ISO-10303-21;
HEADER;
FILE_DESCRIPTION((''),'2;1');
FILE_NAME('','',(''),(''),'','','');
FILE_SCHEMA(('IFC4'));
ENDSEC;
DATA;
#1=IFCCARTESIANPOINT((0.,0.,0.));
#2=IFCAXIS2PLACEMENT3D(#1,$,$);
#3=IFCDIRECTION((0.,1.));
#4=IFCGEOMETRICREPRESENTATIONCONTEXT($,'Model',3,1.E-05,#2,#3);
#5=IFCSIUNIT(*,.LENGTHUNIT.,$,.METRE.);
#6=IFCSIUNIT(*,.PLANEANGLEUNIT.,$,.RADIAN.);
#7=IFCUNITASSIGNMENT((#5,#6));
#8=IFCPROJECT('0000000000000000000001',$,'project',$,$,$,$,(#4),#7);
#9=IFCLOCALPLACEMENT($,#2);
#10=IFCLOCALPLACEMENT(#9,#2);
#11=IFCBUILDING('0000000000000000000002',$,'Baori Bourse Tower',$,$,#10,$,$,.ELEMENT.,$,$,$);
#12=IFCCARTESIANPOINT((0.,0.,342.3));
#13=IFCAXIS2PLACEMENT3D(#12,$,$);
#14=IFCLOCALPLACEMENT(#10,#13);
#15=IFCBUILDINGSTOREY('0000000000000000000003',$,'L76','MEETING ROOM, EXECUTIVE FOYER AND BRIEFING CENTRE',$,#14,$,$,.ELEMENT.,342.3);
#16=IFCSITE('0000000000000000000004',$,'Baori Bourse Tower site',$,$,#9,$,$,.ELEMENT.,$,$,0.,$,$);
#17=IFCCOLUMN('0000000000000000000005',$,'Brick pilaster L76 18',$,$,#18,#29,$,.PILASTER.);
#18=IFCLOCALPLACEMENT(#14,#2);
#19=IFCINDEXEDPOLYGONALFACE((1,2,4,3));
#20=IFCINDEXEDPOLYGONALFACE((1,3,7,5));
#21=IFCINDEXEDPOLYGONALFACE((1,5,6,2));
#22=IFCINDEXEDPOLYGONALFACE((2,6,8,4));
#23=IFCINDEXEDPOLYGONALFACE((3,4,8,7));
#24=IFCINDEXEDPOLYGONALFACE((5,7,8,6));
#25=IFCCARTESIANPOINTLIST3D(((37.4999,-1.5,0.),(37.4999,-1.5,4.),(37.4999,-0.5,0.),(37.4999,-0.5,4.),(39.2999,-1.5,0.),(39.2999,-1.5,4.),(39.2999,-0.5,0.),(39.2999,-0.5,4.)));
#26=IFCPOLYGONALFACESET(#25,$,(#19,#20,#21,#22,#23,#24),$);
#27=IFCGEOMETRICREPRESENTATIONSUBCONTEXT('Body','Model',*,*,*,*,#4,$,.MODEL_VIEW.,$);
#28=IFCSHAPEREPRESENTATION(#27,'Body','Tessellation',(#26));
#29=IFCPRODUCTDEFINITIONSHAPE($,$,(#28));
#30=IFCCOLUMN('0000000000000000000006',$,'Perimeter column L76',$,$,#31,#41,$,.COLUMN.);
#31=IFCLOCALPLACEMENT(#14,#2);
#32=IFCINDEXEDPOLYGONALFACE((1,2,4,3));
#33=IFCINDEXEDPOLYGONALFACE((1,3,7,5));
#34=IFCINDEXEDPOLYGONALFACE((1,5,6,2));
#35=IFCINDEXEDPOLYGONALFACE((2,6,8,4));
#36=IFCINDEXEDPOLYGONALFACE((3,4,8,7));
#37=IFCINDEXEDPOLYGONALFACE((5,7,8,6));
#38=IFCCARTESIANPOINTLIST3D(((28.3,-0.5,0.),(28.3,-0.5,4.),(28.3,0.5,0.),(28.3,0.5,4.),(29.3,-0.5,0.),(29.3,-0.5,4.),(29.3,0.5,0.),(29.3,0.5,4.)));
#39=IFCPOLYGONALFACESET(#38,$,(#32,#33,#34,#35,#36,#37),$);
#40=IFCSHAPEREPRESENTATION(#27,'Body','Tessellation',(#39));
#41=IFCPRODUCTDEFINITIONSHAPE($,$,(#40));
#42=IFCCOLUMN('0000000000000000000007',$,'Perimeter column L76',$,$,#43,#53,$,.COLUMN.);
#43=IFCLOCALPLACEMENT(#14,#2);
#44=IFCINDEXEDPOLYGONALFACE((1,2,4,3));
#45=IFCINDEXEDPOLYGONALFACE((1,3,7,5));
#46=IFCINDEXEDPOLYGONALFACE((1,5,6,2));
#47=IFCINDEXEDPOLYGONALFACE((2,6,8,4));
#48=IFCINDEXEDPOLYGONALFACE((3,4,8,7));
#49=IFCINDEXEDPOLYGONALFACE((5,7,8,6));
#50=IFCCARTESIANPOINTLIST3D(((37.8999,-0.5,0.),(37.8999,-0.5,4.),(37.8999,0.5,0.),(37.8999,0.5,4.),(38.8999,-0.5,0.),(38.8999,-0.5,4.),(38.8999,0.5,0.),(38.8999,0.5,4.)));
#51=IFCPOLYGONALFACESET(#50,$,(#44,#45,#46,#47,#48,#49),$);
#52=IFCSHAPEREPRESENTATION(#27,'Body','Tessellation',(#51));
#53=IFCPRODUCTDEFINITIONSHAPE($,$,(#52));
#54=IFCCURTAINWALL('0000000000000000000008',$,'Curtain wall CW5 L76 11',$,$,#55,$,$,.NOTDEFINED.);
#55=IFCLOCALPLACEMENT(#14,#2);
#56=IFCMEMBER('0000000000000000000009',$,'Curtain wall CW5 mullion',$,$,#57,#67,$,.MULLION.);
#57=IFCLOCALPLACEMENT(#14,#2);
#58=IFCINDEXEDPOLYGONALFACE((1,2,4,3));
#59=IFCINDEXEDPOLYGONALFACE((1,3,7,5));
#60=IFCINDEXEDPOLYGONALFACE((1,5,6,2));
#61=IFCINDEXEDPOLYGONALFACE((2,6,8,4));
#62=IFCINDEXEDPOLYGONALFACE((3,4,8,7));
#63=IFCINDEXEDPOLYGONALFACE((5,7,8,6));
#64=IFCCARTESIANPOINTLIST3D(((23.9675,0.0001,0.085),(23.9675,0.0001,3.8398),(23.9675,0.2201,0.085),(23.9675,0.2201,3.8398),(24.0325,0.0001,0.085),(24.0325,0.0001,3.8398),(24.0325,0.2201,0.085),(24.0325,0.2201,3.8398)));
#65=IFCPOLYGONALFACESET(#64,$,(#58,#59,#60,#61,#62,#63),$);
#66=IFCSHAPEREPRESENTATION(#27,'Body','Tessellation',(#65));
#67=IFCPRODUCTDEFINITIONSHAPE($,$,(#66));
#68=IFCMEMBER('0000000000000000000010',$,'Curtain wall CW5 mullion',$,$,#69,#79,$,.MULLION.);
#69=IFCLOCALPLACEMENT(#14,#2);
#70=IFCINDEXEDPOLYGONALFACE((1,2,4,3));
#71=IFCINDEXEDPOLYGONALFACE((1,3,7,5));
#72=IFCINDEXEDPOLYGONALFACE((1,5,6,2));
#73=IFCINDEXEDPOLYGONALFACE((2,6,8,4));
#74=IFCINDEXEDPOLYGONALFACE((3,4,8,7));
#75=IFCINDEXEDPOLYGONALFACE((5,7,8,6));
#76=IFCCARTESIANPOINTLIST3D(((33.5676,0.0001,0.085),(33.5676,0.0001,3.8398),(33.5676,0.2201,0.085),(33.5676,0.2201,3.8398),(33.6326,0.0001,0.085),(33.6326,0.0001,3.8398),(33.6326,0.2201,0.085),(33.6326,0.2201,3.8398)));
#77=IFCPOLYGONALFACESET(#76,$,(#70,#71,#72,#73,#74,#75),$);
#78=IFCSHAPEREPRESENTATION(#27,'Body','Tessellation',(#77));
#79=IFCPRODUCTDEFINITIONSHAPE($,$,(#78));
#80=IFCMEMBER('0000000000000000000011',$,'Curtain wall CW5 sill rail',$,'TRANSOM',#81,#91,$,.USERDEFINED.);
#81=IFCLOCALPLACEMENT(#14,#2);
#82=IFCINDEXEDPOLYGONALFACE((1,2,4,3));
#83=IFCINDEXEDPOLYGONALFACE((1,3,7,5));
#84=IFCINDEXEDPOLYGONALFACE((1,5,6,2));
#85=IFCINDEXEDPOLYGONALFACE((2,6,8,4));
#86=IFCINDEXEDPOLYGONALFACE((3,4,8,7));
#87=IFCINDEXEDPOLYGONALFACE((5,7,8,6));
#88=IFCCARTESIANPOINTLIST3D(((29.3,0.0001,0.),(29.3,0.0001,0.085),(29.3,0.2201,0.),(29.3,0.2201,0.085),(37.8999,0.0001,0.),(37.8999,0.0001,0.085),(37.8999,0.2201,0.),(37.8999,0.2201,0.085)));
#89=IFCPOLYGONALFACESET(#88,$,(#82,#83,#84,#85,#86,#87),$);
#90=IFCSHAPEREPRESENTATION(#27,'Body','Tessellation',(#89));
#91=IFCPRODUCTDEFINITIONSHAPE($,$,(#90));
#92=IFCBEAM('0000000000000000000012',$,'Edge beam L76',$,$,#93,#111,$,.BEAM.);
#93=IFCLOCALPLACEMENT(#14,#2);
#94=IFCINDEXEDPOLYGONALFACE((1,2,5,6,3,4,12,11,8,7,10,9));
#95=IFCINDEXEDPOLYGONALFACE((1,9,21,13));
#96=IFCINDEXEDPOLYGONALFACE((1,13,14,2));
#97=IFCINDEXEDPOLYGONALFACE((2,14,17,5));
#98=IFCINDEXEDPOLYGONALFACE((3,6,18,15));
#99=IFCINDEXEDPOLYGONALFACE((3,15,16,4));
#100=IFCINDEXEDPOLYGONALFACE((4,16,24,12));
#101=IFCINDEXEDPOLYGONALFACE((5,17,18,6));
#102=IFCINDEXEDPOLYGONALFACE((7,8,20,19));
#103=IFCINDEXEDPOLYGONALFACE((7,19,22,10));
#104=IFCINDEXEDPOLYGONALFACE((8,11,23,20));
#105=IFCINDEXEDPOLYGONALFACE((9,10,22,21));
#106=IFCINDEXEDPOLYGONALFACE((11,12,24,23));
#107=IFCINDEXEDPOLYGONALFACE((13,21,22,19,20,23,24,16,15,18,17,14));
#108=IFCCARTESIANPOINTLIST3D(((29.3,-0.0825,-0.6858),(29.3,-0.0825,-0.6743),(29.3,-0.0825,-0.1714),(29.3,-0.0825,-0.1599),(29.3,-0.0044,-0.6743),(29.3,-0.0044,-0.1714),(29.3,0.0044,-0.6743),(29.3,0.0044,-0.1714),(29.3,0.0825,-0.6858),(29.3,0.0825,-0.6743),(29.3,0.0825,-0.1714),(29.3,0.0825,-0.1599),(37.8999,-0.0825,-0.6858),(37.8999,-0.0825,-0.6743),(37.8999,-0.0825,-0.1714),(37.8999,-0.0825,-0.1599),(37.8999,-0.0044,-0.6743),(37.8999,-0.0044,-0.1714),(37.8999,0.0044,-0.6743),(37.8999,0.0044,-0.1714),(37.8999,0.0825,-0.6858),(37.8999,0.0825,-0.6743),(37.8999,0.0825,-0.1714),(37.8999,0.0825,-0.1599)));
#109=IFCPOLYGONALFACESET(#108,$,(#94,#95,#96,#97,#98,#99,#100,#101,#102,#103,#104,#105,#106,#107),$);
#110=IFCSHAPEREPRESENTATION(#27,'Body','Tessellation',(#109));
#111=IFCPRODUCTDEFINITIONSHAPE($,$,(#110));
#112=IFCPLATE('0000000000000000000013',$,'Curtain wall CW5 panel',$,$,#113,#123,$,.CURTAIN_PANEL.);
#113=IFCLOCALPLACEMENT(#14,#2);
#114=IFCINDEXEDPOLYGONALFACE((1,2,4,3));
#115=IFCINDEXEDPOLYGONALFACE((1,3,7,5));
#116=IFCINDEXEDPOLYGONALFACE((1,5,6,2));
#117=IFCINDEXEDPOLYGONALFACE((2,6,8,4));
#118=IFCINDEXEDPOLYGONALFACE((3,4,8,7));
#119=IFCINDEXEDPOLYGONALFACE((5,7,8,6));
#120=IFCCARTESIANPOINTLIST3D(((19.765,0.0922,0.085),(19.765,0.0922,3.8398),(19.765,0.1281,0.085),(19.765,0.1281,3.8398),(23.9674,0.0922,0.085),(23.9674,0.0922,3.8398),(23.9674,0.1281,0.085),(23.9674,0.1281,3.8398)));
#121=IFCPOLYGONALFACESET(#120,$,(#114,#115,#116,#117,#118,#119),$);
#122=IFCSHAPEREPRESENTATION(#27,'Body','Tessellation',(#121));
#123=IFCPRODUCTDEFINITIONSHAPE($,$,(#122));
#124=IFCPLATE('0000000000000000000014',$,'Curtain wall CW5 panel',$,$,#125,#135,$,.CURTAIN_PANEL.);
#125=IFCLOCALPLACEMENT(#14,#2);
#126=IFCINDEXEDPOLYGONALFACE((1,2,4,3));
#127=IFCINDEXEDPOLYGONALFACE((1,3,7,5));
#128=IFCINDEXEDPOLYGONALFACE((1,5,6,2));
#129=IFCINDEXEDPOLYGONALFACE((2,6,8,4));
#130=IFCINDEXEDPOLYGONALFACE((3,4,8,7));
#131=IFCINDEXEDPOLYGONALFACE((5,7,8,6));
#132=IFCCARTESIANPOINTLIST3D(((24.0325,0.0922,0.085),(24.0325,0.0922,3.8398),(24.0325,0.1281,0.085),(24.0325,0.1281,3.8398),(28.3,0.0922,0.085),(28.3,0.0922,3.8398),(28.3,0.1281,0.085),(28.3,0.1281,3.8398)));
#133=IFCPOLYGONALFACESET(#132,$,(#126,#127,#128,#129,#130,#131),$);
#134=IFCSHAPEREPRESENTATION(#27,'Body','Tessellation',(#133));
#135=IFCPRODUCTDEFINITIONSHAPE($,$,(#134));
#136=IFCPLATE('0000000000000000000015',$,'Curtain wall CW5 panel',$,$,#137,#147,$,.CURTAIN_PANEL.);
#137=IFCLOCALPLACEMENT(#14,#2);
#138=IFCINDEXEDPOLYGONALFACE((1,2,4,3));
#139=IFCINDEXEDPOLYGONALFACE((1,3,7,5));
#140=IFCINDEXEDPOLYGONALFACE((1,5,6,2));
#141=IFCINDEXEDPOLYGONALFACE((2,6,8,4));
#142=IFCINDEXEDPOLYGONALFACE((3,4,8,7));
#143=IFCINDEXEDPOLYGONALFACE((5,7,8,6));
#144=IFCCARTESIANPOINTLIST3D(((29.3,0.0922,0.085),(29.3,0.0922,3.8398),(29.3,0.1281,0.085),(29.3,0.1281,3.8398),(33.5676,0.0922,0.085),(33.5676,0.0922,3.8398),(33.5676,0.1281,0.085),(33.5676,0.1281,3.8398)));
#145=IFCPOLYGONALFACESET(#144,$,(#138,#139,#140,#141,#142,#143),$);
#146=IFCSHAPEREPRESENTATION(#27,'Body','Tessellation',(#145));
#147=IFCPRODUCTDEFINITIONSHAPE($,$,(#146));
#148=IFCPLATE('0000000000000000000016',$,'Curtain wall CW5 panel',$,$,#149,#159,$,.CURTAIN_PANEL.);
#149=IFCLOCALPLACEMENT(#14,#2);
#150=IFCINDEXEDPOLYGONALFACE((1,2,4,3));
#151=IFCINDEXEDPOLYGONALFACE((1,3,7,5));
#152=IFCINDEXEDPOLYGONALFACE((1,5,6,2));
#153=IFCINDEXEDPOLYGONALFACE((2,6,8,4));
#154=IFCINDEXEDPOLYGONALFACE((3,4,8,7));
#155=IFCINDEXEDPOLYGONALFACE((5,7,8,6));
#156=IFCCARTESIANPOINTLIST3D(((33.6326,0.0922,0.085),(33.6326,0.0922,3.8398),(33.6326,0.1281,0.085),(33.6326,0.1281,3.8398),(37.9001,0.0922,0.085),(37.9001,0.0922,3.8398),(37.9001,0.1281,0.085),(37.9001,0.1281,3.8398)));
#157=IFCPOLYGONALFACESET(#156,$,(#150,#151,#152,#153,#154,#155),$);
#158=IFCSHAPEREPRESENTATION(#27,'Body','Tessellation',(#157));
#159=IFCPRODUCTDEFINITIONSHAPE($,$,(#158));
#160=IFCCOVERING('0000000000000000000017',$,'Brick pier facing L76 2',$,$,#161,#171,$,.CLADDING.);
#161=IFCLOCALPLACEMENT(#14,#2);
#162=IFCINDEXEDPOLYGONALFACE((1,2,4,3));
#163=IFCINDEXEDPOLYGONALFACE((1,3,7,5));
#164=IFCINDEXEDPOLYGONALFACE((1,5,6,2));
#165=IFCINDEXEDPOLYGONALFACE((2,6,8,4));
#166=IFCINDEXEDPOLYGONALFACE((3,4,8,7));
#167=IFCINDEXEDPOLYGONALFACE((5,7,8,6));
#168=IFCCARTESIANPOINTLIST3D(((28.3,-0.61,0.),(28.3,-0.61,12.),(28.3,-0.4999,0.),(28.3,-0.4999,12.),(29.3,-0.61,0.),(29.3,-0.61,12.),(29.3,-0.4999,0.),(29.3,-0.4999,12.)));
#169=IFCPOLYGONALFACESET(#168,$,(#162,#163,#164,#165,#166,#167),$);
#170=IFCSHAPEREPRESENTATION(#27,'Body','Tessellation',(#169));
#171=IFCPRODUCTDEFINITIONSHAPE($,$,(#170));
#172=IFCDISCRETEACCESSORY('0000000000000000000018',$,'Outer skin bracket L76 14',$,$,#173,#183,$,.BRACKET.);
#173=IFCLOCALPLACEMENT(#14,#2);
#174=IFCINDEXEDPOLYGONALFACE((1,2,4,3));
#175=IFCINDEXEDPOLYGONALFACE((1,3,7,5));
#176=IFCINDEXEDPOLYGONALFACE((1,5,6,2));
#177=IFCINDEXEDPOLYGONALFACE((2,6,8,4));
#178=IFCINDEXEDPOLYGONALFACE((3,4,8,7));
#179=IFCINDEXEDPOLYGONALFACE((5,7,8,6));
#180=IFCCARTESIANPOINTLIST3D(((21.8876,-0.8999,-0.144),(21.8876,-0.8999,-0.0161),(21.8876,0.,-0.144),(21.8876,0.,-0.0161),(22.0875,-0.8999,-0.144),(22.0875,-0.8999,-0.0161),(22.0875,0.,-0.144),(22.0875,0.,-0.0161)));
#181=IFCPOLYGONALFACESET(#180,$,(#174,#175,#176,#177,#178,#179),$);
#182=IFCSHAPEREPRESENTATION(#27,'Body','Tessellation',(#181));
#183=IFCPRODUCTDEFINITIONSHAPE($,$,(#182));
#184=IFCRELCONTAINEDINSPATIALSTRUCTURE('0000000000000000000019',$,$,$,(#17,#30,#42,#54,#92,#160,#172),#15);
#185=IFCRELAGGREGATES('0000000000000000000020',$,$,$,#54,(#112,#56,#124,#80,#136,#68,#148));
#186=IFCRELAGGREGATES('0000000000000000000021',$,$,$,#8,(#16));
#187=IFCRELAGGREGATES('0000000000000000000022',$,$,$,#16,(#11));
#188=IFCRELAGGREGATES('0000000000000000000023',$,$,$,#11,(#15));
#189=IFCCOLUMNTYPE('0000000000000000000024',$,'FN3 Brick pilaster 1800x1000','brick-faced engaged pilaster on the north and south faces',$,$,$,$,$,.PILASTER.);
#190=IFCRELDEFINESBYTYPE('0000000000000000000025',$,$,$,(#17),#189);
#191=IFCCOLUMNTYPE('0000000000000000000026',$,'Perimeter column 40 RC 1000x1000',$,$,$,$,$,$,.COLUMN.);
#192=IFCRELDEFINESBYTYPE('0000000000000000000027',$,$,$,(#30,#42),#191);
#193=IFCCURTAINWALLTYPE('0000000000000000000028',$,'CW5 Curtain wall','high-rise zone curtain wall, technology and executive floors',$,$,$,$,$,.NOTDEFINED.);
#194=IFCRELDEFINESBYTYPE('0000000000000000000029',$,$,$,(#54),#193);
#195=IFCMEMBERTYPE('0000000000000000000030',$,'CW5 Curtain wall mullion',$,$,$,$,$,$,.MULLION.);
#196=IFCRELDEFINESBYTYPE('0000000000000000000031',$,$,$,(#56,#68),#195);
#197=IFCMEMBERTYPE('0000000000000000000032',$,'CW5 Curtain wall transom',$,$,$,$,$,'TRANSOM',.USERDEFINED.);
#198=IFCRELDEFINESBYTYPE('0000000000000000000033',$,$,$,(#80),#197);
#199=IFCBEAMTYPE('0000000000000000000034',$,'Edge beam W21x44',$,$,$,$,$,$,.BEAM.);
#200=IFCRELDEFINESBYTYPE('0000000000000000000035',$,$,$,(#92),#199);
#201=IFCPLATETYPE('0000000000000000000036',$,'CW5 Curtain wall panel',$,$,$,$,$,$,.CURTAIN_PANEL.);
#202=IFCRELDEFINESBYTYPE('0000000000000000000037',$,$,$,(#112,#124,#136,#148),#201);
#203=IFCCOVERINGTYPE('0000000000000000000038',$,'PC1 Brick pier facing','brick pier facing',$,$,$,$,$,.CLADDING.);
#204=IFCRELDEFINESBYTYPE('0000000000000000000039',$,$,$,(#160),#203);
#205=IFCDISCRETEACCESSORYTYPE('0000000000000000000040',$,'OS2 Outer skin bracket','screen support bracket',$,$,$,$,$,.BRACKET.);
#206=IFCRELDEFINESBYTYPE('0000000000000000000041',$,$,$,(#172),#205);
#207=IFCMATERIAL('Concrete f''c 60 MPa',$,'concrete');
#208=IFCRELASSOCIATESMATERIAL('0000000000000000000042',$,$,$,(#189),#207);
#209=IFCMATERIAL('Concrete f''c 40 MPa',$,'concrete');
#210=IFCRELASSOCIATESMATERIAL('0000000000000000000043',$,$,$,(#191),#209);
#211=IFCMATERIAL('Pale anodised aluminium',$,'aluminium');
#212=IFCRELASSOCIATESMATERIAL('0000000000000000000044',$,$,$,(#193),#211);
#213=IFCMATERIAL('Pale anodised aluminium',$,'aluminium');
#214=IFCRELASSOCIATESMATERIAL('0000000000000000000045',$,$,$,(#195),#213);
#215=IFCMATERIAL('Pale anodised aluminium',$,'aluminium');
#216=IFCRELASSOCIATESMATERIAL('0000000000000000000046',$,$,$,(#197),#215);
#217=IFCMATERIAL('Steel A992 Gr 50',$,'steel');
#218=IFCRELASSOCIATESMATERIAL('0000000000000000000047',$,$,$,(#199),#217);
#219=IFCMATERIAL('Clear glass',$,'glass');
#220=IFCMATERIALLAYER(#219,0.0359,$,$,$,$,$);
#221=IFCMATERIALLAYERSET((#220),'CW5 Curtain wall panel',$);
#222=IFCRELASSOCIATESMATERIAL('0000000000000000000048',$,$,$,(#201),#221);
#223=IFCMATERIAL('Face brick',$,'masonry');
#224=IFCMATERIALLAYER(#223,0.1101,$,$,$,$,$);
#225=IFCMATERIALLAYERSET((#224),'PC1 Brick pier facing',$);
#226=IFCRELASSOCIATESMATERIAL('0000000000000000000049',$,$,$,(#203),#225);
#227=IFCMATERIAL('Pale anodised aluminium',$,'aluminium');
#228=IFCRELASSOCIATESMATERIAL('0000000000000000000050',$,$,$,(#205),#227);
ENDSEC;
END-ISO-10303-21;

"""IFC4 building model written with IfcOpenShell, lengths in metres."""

from ifc_helpers import new_model, si_unit, direction, frame, origin, origin_2d, place, context, subcontext, project, spatial, rectangle, i_section, extrude, material, layer, layer_set, material_profile, profile_set, type_object, element, aggregate, save


model = new_model("IFC4")

# Units and contexts
model_context = context("Model", 3, precision=1e-05, world=origin(), true_north=direction((0.0, 1.0)))
body_context = subcontext(model_context, "Body", "Model", "MODEL_VIEW")
ifc_project = project(units=[si_unit("LENGTHUNIT", "METRE"), si_unit("PLANEANGLEUNIT", "RADIAN")], contexts=[model_context])

# Site, building, storey
site_placement = place(None, origin())
site = spatial("IfcSite", under=ifc_project, at=site_placement, Name="Baori Bourse Tower site", CompositionType="ELEMENT", RefElevation=0.0)
building_placement = place(site_placement, origin())
building = spatial("IfcBuilding", under=site, at=building_placement, Name="Baori Bourse Tower", CompositionType="ELEMENT")
storey_placement = place(building_placement, frame((0.0, 0.0, 342.3)))
storey = spatial("IfcBuildingStorey", under=building, at=storey_placement, Name="L76", Description="MEETING ROOM, EXECUTIVE FOYER AND BRIEFING CENTRE", CompositionType="ELEMENT", Elevation=342.3)

# Columns
ifc_material_1 = material(Name="Concrete f'c 60 MPa", Category="concrete")
ifc_material_profile_1 = material_profile(ifc_material_1, rectangle(XDim=1.8, YDim=1.0, at=origin_2d()), Name="RC 1800x1000")
ifc_profile_set_1 = profile_set([ifc_material_profile_1], Name="Concrete f'c 60 MPa")
column_type_1 = type_object("IfcColumnType", Name="FN3 Brick pilaster 1800x1000", Description="brick-faced engaged pilaster on the north and south faces", PredefinedType="PILASTER", material=ifc_profile_set_1)
column_placement = place(storey_placement, frame((38.3999, -1.0, 0.0), z_axis=(0.0, 0.0, 1.0), x_axis=(1.0, 0.0, 0.0)))
element("IfcColumn", 1, at=column_placement, inside=storey, type_object=column_type_1, Name="Brick pilaster L76 18", PredefinedType="PILASTER", context=body_context, shape_type="SweptSolid", body=[
    extrude(rectangle(XDim=1.8, YDim=1.0, at=origin_2d()), origin(), (0.0, 0.0, 1.0), 4.0),
])
ifc_material_2 = material(Name="Concrete f'c 40 MPa", Category="concrete")
ifc_material_profile_2 = material_profile(ifc_material_2, rectangle(XDim=1.0, YDim=1.0, at=origin_2d()), Name="RC 1000x1000")
ifc_profile_set_2 = profile_set([ifc_material_profile_2], Name="Concrete f'c 40 MPa")
column_type_2 = type_object("IfcColumnType", Name="Perimeter column 40 RC 1000x1000", PredefinedType="COLUMN", material=ifc_profile_set_2)
for number, where, z_axis, x_axis, name in (
    (2, (28.8, 0.0, 0.0), (0.0, 0.0, 1.0), (1.0, 0.0, 0.0), "Perimeter column L76"),
    (3, (38.3999, 0.0, 0.0), (0.0, 0.0, 1.0), (1.0, 0.0, 0.0), "Perimeter column L76"),
):
    element("IfcColumn", number, at=place(storey_placement, frame(where, z_axis=z_axis, x_axis=x_axis)), inside=storey, type_object=column_type_2, Name=name, PredefinedType="COLUMN", context=body_context, shape_type="SweptSolid", body=[
        extrude(rectangle(XDim=1.0, YDim=1.0, at=origin_2d()), origin(), (0.0, 0.0, 1.0), 4.0),
    ])

# Curtain wall, members
ifc_material_3 = material(Name="Pale anodised aluminium", Category="aluminium")
curtain_wall_type = type_object("IfcCurtainWallType", Name="CW5 Curtain wall", Description="high-rise zone curtain wall, technology and executive floors", PredefinedType="NOTDEFINED", material=ifc_material_3)
curtain_wall_placement = place(storey_placement, origin())
curtain_wall = element("IfcCurtainWall", 4, at=curtain_wall_placement, inside=storey, type_object=curtain_wall_type, Name="Curtain wall CW5 L76 11", PredefinedType="NOTDEFINED")
ifc_material_4 = material(Name="Pale anodised aluminium", Category="aluminium")
ifc_material_profile_3 = material_profile(ifc_material_4, rectangle(XDim=0.22, YDim=0.0649, at=origin_2d()), Name="Mullion 65x220")
ifc_profile_set_3 = profile_set([ifc_material_profile_3], Name="Pale anodised aluminium")
member_type_1 = type_object("IfcMemberType", Name="CW5 Curtain wall mullion", PredefinedType="MULLION", material=ifc_profile_set_3)
member_1_placement = place(storey_placement, frame((24.0, 0.1101, 0.085), z_axis=(0.0, 0.0, 1.0), x_axis=(0.0, 1.0, 0.0)))
member_1 = element("IfcMember", 5, at=member_1_placement, type_object=member_type_1, Name="Curtain wall CW5 mullion", PredefinedType="MULLION", context=body_context, shape_type="SweptSolid", body=[
    extrude(rectangle(XDim=0.22, YDim=0.0649, at=origin_2d()), origin(), (0.0, 0.0, 1.0), 3.7549),
])
member_2_placement = place(storey_placement, frame((33.6001, 0.1101, 0.085), z_axis=(0.0, 0.0, 1.0), x_axis=(0.0, 1.0, 0.0)))
member_2 = element("IfcMember", 6, at=member_2_placement, type_object=member_type_1, Name="Curtain wall CW5 mullion", PredefinedType="MULLION", context=body_context, shape_type="SweptSolid", body=[
    extrude(rectangle(XDim=0.22, YDim=0.0649, at=origin_2d()), origin(), (0.0, 0.0, 1.0), 3.7549),
])
ifc_material_5 = material(Name="Pale anodised aluminium", Category="aluminium")
ifc_material_profile_4 = material_profile(ifc_material_5, rectangle(XDim=0.22, YDim=0.085, at=origin_2d()), Name="Transom 85x220")
ifc_profile_set_4 = profile_set([ifc_material_profile_4], Name="Pale anodised aluminium")
member_type_2 = type_object("IfcMemberType", Name="CW5 Curtain wall transom", ElementType="TRANSOM", PredefinedType="USERDEFINED", material=ifc_profile_set_4)
member_3_placement = place(storey_placement, frame((29.3, 0.1101, 0.0425), z_axis=(1.0, 0.0, 0.0), x_axis=(0.0, 1.0, 0.0)))
member_3 = element("IfcMember", 7, at=member_3_placement, type_object=member_type_2, Name="Curtain wall CW5 sill rail", ObjectType="TRANSOM", PredefinedType="USERDEFINED", context=body_context, shape_type="SweptSolid", body=[
    extrude(rectangle(XDim=0.22, YDim=0.085, at=origin_2d()), origin(), (0.0, 0.0, 1.0), 8.5999),
])

# Beam
ifc_material_6 = material(Name="Steel A992 Gr 50", Category="steel")
ifc_material_profile_5 = material_profile(ifc_material_6, i_section(OverallWidth=0.165, OverallDepth=0.5259, WebThickness=0.0088, FlangeThickness=0.0115, at=origin_2d()), Name="W21x44")
ifc_profile_set_5 = profile_set([ifc_material_profile_5], Name="Steel A992 Gr 50")
beam_type = type_object("IfcBeamType", Name="Edge beam W21x44", PredefinedType="BEAM", material=ifc_profile_set_5)
beam_placement = place(storey_placement, frame((29.3, 0.0, -0.4229), z_axis=(1.0, 0.0, 0.0), x_axis=(0.0, 1.0, 0.0)))
element("IfcBeam", 8, at=beam_placement, inside=storey, type_object=beam_type, Name="Edge beam L76", PredefinedType="BEAM", context=body_context, shape_type="SweptSolid", body=[
    extrude(i_section(OverallWidth=0.165, OverallDepth=0.5259, WebThickness=0.0088, FlangeThickness=0.0115, at=origin_2d()), origin(), (0.0, 0.0, 1.0), 8.5999),
])

# Plates
ifc_material_7 = material(Name="Clear glass", Category="glass")
ifc_layer_1 = layer(ifc_material_7, 0.0359)
ifc_layer_set_1 = layer_set([ifc_layer_1], Name="CW5 Curtain wall panel")
plate_type = type_object("IfcPlateType", Name="CW5 Curtain wall panel", PredefinedType="CURTAIN_PANEL", material=ifc_layer_set_1)
plate_1_placement = place(storey_placement, frame((21.8662, 0.1101, 0.085), z_axis=(0.0, 0.0, 1.0), x_axis=(1.0, 0.0, 0.0)))
plate_1 = element("IfcPlate", 9, at=plate_1_placement, type_object=plate_type, Name="Curtain wall CW5 panel", PredefinedType="CURTAIN_PANEL", context=body_context, shape_type="SweptSolid", body=[
    extrude(rectangle(XDim=4.2024, YDim=0.0359, at=origin_2d()), origin(), (0.0, 0.0, 1.0), 3.7549),
])
plate_2_placement = place(storey_placement, frame((26.1663, 0.1101, 0.085), z_axis=(0.0, 0.0, 1.0), x_axis=(1.0, 0.0, 0.0)))
plate_2 = element("IfcPlate", 10, at=plate_2_placement, type_object=plate_type, Name="Curtain wall CW5 panel", PredefinedType="CURTAIN_PANEL", context=body_context, shape_type="SweptSolid", body=[
    extrude(rectangle(XDim=4.2676, YDim=0.0359, at=origin_2d()), origin(), (0.0, 0.0, 1.0), 3.7549),
])
plate_3_placement = place(storey_placement, frame((31.4338, 0.1101, 0.085), z_axis=(0.0, 0.0, 1.0), x_axis=(1.0, 0.0, 0.0)))
plate_3 = element("IfcPlate", 11, at=plate_3_placement, type_object=plate_type, Name="Curtain wall CW5 panel", PredefinedType="CURTAIN_PANEL", context=body_context, shape_type="SweptSolid", body=[
    extrude(rectangle(XDim=4.2676, YDim=0.0359, at=origin_2d()), origin(), (0.0, 0.0, 1.0), 3.7549),
])
plate_4_placement = place(storey_placement, frame((35.7664, 0.1101, 0.085), z_axis=(0.0, 0.0, 1.0), x_axis=(1.0, 0.0, 0.0)))
plate_4 = element("IfcPlate", 12, at=plate_4_placement, type_object=plate_type, Name="Curtain wall CW5 panel", PredefinedType="CURTAIN_PANEL", context=body_context, shape_type="SweptSolid", body=[
    extrude(rectangle(XDim=4.2676, YDim=0.0359, at=origin_2d()), origin(), (0.0, 0.0, 1.0), 3.7549),
])
aggregate(curtain_wall, [plate_1, member_1, plate_2, member_3, plate_3, member_2, plate_4])

# Covering
ifc_material_8 = material(Name="Face brick", Category="masonry")
ifc_layer_2 = layer(ifc_material_8, 0.1101)
ifc_layer_set_2 = layer_set([ifc_layer_2], Name="PC1 Brick pier facing")
covering_type = type_object("IfcCoveringType", Name="PC1 Brick pier facing", Description="brick pier facing", PredefinedType="CLADDING", material=ifc_layer_set_2)
covering_placement = place(storey_placement, frame((28.8, -0.5549, 0.0), z_axis=(0.0, 0.0, 1.0), x_axis=(1.0, 0.0, 0.0)))
element("IfcCovering", 13, at=covering_placement, inside=storey, type_object=covering_type, Name="Brick pier facing L76 2", PredefinedType="CLADDING", context=body_context, shape_type="SweptSolid", body=[
    extrude(rectangle(XDim=1.0, YDim=0.1101, at=origin_2d()), origin(), (0.0, 0.0, 1.0), 12.0),
])

# Discrete accessory
ifc_material_9 = material(Name="Pale anodised aluminium", Category="aluminium")
discrete_accessory_type = type_object("IfcDiscreteAccessoryType", Name="OS2 Outer skin bracket", Description="screen support bracket", PredefinedType="BRACKET", material=ifc_material_9)
for number, where, z_axis, x_axis, name in (
    (14, (21.9875, -0.45, -0.144), (0.0, 0.0, 1.0), (1.0, 0.0, 0.0), "Outer skin bracket L76 14"),
):
    element("IfcDiscreteAccessory", number, at=place(storey_placement, frame(where, z_axis=z_axis, x_axis=x_axis)), inside=storey, type_object=discrete_accessory_type, Name=name, PredefinedType="BRACKET", context=body_context, shape_type="SweptSolid", body=[
        extrude(rectangle(XDim=0.2, YDim=0.8999, at=origin_2d()), origin(), (0.0, 0.0, 1.0), 0.1279),
    ])

save(model, "model.ifc")
